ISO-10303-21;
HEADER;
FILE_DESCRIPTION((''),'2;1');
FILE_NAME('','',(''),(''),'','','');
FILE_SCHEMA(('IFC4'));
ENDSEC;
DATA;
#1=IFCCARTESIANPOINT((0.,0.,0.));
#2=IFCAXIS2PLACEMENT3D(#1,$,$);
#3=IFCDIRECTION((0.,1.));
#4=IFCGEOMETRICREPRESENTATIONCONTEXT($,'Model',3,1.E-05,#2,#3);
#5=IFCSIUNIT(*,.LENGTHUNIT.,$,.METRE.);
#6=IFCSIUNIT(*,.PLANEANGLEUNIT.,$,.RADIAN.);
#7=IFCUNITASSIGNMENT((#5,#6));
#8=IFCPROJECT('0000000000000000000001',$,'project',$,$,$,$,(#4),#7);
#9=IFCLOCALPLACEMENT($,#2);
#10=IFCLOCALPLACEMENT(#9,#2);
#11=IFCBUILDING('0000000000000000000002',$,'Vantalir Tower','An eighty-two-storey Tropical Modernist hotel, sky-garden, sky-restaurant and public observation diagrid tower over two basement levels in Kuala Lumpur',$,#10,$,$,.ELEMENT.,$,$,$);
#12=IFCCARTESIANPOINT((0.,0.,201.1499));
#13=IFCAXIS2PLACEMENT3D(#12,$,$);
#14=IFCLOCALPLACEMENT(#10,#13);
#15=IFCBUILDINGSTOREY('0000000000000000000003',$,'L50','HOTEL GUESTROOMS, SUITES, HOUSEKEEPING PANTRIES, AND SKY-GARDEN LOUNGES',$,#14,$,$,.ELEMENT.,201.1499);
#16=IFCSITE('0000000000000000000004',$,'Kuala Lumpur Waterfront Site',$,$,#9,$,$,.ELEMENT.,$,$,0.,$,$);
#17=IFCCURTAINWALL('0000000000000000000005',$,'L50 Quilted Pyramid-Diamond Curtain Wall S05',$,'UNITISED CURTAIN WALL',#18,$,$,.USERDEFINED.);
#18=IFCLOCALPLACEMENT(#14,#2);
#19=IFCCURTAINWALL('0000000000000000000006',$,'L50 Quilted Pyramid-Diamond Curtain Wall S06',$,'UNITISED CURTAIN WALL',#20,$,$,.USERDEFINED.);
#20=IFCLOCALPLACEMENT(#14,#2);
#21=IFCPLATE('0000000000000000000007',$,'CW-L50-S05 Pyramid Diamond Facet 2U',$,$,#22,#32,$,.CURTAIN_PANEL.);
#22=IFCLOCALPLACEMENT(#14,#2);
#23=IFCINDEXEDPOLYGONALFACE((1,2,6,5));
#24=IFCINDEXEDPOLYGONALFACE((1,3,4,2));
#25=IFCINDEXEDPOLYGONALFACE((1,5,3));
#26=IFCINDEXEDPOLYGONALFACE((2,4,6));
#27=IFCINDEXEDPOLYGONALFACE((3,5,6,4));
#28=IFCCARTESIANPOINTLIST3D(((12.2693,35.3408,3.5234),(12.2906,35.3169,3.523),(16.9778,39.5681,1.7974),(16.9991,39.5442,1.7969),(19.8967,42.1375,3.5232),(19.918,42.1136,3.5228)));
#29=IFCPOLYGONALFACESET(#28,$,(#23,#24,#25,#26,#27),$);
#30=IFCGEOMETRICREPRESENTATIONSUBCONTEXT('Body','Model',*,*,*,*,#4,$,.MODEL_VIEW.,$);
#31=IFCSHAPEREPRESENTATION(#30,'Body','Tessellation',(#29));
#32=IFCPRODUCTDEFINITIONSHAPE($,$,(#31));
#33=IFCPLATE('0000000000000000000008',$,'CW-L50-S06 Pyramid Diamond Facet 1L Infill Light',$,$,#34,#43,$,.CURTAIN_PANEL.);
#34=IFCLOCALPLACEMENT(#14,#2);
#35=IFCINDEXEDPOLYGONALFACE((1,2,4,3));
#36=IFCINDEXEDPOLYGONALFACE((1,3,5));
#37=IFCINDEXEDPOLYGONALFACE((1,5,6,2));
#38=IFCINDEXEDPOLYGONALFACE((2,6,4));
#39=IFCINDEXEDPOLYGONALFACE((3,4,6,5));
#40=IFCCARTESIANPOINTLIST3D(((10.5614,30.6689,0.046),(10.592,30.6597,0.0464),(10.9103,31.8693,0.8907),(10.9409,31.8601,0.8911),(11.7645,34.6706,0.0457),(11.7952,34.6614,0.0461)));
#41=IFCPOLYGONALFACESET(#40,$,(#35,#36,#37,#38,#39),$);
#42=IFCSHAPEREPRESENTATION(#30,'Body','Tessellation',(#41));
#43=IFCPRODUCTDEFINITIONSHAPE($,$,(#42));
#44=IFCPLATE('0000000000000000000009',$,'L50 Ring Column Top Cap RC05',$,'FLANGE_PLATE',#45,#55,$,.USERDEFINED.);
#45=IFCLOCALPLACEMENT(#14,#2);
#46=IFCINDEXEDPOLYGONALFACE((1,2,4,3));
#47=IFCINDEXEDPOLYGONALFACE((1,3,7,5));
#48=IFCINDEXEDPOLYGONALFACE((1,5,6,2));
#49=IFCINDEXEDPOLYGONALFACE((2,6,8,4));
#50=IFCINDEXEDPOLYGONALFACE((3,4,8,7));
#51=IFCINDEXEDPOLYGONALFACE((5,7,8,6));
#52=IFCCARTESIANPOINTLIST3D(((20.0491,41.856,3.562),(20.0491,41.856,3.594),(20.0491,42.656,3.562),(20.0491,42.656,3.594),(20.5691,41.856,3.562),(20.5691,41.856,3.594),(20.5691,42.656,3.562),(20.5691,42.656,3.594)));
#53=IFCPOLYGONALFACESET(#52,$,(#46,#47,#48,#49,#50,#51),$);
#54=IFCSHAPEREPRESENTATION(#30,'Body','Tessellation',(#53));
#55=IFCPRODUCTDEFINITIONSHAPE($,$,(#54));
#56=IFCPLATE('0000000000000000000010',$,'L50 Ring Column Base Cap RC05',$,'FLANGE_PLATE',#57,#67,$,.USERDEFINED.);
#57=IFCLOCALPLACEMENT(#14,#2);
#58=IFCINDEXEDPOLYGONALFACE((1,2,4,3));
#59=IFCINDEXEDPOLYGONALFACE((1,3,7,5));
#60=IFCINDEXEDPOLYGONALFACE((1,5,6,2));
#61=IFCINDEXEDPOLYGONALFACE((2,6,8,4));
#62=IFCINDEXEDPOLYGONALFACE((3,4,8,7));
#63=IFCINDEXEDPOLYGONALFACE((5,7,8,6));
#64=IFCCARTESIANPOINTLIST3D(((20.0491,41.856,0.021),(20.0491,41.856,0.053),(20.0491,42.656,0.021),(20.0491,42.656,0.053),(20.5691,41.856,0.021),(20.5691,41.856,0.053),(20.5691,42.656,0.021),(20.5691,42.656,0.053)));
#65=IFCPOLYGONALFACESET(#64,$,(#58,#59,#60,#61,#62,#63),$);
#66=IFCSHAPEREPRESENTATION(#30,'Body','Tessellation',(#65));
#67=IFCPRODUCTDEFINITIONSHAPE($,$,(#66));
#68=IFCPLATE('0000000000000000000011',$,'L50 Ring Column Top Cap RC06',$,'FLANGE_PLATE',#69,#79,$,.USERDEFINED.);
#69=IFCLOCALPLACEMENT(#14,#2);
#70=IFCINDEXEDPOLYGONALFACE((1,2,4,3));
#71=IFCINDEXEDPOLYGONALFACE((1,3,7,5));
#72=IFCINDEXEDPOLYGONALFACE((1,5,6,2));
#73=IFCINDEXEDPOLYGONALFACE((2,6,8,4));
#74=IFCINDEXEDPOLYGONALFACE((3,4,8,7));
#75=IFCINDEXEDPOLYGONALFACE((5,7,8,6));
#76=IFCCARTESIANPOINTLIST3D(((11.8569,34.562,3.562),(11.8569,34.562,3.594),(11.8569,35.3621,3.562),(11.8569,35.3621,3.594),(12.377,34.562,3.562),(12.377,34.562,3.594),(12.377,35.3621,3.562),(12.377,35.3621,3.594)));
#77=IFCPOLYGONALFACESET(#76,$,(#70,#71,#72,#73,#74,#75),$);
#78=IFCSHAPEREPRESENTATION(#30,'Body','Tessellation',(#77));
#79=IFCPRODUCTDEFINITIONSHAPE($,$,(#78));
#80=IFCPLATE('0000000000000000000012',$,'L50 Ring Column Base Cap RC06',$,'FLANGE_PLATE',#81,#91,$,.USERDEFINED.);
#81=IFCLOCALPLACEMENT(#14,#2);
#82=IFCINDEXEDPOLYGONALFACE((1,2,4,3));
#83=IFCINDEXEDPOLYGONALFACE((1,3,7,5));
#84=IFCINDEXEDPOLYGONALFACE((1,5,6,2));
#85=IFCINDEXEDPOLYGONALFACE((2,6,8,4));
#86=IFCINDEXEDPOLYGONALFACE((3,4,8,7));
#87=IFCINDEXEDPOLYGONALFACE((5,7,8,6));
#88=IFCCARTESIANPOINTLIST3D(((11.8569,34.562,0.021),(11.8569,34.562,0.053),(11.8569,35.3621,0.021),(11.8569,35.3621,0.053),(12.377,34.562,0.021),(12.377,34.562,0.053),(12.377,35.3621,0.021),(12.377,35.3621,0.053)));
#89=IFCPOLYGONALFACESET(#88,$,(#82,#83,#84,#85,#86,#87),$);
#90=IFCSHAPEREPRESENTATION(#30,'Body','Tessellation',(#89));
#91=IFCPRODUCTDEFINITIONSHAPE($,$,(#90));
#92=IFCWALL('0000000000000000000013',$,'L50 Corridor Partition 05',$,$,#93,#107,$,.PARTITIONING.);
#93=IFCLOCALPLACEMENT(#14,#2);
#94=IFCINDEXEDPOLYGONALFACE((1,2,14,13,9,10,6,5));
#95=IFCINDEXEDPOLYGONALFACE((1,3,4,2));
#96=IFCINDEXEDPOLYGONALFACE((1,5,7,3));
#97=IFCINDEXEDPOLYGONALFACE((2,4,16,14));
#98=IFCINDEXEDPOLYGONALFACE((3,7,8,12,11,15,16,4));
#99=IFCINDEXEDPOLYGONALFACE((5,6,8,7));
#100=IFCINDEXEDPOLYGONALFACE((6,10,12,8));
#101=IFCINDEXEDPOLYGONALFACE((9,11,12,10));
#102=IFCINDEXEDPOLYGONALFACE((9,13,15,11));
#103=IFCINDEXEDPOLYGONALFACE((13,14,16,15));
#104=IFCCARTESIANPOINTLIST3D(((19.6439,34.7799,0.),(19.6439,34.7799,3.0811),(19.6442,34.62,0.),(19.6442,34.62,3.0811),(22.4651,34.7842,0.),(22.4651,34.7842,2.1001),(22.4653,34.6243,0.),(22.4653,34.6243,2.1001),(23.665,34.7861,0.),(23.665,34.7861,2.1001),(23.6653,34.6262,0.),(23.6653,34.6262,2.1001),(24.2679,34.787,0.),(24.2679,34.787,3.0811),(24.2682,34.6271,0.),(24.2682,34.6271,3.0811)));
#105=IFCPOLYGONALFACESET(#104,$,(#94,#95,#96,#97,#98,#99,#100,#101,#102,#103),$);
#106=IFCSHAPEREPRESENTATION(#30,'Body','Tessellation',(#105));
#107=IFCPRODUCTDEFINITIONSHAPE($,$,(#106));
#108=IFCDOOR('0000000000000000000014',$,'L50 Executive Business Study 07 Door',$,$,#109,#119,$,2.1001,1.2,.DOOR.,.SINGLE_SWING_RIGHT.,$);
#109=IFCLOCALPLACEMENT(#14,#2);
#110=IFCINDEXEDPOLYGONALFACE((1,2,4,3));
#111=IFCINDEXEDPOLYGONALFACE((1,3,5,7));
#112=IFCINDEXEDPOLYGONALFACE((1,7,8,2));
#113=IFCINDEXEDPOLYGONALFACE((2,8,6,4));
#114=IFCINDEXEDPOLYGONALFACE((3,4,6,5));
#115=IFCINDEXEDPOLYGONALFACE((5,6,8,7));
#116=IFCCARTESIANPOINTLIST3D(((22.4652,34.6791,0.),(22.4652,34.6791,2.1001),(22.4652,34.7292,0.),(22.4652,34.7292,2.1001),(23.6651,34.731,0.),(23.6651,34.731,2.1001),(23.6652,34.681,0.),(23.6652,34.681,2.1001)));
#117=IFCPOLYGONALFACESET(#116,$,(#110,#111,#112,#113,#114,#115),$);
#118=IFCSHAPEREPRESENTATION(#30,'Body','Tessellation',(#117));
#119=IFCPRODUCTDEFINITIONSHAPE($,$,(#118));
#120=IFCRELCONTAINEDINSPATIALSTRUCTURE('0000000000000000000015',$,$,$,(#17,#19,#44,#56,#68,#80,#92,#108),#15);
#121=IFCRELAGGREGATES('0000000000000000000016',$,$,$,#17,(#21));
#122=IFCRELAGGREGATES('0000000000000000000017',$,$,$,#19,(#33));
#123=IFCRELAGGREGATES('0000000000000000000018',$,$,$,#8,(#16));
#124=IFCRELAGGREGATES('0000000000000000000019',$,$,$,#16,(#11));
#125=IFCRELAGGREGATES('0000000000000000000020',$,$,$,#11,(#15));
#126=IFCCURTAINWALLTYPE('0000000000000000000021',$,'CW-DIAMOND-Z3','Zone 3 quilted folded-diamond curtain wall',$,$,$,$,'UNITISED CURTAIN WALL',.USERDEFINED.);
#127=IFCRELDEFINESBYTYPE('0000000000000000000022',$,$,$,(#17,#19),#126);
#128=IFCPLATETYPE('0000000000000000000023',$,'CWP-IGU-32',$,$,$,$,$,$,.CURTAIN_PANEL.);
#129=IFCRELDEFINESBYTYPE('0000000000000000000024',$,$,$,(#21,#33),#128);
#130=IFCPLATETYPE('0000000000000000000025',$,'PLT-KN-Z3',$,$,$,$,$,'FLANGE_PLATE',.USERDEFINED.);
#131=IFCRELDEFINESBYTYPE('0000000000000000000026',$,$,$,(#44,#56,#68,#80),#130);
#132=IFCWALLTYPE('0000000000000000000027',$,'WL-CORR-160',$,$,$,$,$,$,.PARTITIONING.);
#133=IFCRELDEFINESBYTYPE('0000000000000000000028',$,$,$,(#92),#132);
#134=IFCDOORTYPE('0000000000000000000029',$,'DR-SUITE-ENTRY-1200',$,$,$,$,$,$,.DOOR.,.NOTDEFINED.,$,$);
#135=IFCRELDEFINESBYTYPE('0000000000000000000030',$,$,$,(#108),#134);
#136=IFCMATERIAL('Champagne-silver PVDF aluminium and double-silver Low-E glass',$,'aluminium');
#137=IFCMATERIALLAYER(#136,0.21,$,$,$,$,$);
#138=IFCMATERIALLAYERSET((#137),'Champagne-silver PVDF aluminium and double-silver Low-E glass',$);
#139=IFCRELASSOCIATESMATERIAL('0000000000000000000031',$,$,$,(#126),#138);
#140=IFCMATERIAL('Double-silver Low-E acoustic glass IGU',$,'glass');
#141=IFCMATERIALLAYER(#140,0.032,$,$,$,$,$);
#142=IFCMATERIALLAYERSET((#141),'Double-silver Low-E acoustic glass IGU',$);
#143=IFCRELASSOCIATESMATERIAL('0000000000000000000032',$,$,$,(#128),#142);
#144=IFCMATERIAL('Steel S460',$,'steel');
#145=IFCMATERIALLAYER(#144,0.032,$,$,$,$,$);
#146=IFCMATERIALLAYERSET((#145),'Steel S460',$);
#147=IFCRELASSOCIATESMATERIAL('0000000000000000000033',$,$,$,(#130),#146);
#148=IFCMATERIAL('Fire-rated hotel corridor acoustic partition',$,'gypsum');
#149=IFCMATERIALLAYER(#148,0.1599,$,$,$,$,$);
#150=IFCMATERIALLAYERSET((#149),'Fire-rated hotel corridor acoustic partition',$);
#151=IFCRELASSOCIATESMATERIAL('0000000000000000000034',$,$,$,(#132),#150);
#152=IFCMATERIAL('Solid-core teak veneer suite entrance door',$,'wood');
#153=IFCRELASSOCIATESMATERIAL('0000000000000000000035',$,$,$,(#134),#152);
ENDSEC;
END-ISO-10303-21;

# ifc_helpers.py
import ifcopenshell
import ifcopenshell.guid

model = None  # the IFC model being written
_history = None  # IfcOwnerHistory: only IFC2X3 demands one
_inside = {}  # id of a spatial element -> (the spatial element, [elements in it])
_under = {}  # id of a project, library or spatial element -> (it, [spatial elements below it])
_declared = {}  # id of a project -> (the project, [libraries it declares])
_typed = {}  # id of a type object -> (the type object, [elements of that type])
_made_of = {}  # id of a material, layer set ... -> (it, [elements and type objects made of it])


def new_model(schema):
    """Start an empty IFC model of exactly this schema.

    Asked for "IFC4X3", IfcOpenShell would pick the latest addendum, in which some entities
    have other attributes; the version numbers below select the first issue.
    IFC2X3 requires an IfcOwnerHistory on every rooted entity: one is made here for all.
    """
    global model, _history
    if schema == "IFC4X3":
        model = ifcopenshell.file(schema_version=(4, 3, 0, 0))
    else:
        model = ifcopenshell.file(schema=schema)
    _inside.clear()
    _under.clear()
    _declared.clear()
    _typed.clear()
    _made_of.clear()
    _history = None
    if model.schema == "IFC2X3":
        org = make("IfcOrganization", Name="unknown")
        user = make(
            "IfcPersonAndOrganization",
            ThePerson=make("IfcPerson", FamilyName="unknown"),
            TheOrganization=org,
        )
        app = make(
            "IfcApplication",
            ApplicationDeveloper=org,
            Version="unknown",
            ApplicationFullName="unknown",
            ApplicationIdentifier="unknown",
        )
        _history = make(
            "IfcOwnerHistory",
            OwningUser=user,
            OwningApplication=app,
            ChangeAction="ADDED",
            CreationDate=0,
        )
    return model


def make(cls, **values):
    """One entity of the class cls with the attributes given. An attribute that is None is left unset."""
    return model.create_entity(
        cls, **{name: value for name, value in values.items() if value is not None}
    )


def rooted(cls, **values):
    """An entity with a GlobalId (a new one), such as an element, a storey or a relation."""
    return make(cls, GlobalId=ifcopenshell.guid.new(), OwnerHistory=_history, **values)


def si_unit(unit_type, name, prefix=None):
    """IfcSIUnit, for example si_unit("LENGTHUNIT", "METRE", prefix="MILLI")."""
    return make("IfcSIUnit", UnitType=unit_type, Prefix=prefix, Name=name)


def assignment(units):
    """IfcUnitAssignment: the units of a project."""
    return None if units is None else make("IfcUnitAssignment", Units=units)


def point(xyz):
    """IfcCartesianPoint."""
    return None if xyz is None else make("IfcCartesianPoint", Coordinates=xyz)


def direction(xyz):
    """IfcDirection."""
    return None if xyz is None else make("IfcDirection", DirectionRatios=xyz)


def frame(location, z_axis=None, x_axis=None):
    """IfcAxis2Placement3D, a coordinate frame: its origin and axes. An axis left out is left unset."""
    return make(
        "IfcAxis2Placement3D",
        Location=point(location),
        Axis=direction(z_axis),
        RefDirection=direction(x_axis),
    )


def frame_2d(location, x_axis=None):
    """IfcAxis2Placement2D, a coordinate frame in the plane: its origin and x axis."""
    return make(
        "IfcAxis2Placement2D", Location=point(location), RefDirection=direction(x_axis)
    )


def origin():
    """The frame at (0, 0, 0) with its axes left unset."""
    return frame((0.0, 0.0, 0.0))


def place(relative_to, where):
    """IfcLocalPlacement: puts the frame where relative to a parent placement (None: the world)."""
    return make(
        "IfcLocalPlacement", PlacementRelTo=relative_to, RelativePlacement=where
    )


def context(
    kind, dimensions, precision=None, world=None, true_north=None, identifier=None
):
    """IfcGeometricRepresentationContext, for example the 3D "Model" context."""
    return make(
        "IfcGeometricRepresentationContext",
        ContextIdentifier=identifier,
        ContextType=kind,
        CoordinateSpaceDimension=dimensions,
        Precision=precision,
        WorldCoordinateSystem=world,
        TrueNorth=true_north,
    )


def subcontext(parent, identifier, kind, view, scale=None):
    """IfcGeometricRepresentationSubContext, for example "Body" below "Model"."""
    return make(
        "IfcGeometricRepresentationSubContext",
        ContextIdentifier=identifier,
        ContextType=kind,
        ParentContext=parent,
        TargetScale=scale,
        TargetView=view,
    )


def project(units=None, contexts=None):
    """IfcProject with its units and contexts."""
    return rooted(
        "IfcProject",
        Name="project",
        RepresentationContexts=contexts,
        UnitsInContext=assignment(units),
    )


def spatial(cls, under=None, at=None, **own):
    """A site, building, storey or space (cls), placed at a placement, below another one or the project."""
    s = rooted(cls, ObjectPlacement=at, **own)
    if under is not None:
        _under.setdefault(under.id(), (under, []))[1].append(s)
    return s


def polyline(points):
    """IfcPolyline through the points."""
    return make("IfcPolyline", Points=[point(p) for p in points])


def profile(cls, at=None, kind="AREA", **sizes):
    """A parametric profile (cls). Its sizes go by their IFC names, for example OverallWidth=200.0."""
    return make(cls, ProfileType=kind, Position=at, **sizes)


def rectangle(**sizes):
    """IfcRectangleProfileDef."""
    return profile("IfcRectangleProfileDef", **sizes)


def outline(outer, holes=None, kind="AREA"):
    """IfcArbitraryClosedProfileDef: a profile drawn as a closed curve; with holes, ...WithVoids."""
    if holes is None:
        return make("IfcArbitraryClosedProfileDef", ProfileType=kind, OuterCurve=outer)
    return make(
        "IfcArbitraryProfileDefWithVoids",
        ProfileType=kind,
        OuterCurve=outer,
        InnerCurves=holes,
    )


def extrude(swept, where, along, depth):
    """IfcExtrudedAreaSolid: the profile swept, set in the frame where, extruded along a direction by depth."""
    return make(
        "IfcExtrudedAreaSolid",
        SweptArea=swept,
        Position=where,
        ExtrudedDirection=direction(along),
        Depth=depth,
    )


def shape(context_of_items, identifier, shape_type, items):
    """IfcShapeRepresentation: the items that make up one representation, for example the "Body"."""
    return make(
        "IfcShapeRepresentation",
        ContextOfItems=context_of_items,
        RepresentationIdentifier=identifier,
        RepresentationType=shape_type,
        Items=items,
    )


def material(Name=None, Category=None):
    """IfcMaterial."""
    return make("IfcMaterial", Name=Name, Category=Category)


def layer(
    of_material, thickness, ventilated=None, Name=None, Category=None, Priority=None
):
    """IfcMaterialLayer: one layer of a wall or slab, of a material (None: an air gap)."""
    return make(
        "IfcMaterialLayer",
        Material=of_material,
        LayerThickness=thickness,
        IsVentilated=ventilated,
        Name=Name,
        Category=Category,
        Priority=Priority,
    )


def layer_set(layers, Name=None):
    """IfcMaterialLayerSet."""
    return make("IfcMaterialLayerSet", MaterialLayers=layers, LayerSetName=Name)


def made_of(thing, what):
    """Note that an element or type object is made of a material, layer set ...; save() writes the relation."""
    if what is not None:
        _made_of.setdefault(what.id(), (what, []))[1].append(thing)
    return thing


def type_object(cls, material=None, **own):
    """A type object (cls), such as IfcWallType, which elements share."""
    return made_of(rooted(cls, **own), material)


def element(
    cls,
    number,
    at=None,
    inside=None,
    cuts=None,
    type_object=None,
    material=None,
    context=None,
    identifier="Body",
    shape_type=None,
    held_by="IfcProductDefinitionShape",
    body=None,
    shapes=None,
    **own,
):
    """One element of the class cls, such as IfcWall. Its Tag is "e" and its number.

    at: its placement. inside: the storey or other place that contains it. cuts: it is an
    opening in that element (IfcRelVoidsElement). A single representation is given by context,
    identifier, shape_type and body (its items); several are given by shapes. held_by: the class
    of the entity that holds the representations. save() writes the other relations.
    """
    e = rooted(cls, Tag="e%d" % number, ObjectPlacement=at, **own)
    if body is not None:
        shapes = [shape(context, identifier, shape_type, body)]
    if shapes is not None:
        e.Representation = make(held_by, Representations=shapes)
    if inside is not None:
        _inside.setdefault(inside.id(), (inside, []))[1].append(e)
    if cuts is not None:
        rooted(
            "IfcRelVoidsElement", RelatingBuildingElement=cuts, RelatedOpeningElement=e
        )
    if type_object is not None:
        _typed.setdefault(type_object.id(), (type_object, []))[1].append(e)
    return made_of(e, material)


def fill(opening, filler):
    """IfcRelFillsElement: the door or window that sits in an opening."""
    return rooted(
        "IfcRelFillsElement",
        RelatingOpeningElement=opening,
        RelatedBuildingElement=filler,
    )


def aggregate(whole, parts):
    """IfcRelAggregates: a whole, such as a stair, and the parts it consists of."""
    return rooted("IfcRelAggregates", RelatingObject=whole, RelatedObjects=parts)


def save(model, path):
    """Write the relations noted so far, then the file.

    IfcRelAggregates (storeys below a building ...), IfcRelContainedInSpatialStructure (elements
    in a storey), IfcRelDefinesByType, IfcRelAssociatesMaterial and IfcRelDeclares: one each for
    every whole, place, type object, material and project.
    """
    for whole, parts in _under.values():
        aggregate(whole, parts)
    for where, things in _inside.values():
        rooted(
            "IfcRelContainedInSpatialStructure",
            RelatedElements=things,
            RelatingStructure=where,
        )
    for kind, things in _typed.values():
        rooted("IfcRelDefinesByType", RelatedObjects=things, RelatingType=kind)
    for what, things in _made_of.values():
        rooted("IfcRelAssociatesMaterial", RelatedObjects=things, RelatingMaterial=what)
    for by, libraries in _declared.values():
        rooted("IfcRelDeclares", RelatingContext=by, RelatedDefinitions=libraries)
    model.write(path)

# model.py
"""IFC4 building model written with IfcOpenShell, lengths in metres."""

from ifc_helpers import new_model, si_unit, direction, frame, frame_2d, origin, place, context, subcontext, project, spatial, polyline, rectangle, outline, extrude, material, layer, layer_set, type_object, element, fill, aggregate, save


model = new_model("IFC4")

# Units and contexts
model_context = context("Model", 3, precision=1e-05, world=origin(), true_north=direction((0.0, 1.0)))
body_context = subcontext(model_context, "Body", "Model", "MODEL_VIEW")
ifc_project = project(units=[si_unit("LENGTHUNIT", "METRE"), si_unit("PLANEANGLEUNIT", "RADIAN")], contexts=[model_context])

# Site, building, storey
site_placement = place(None, origin())
site = spatial("IfcSite", under=ifc_project, at=site_placement, Name="Kuala Lumpur Waterfront Site", CompositionType="ELEMENT", RefElevation=0.0)
building_placement = place(site_placement, origin())
building = spatial("IfcBuilding", under=site, at=building_placement, Name="Vantalir Tower", Description="An eighty-two-storey Tropical Modernist hotel, sky-garden, sky-restaurant and public observation diagrid tower over two basement levels in Kuala Lumpur", CompositionType="ELEMENT")
storey_placement = place(building_placement, frame((0.0, 0.0, 201.1499)))
storey = spatial("IfcBuildingStorey", under=building, at=storey_placement, Name="L50", Description="HOTEL GUESTROOMS, SUITES, HOUSEKEEPING PANTRIES, AND SKY-GARDEN LOUNGES", CompositionType="ELEMENT", Elevation=201.1499)

# Shared definitions
ifc_material_1 = material(Name="Steel S460", Category="steel")

# Shared definitions
ifc_material_2 = material(Name="Champagne-silver PVDF aluminium and double-silver Low-E glass", Category="aluminium")
ifc_layer_1 = layer(ifc_material_2, 0.21)
ifc_layer_set_1 = layer_set([ifc_layer_1], Name="Champagne-silver PVDF aluminium and double-silver Low-E glass")
curtain_wall_type = type_object("IfcCurtainWallType", Name="CW-DIAMOND-Z3", Description="Zone 3 quilted folded-diamond curtain wall", ElementType="UNITISED CURTAIN WALL", PredefinedType="USERDEFINED", material=ifc_layer_set_1)

# Curtain wall
curtain_wall_1_placement = place(storey_placement, origin())
curtain_wall_1 = element("IfcCurtainWall", 1, at=curtain_wall_1_placement, inside=storey, type_object=curtain_wall_type, Name="L50 Quilted Pyramid-Diamond Curtain Wall S05", ObjectType="UNITISED CURTAIN WALL", PredefinedType="USERDEFINED")

# Curtain wall
curtain_wall_2_placement = place(storey_placement, origin())
curtain_wall_2 = element("IfcCurtainWall", 2, at=curtain_wall_2_placement, inside=storey, type_object=curtain_wall_type, Name="L50 Quilted Pyramid-Diamond Curtain Wall S06", ObjectType="UNITISED CURTAIN WALL", PredefinedType="USERDEFINED")

# Plates
ifc_material_3 = material(Name="Double-silver Low-E acoustic glass IGU", Category="glass")
ifc_layer_2 = layer(ifc_material_3, 0.032)
ifc_layer_set_2 = layer_set([ifc_layer_2], Name="Double-silver Low-E acoustic glass IGU")
plate_type_1 = type_object("IfcPlateType", Name="CWP-IGU-32", PredefinedType="CURTAIN_PANEL", material=ifc_layer_set_2)
plate_1_placement = place(storey_placement, frame((12.2693, 35.3408, 3.5234), z_axis=(-0.665213, 0.746528, 0.013697), x_axis=(0.746598, 0.665276, -0.000024)))
plate_1 = element("IfcPlate", 3, at=plate_1_placement, type_object=plate_type_1, Name="CW-L50-S05 Pyramid Diamond Facet 2U", PredefinedType="CURTAIN_PANEL", context=body_context, shape_type="SweptSolid", body=[
    extrude(outline(polyline([(0.0, 0.0), (10.2163, 0.0), (6.3277, 1.7261), (0.0, 0.0)])), origin(), (0.0, 0.0, -1.0), 0.032),
])
aggregate(curtain_wall_1, [plate_1])
plate_2_placement = place(storey_placement, frame((11.7952, 34.6614, 0.0461), z_axis=(0.957565, -0.287894, 0.013645), x_axis=(-0.287921, -0.957654, 0.000058)))
plate_2 = element("IfcPlate", 4, at=plate_2_placement, type_object=plate_type_1, Name="CW-L50-S06 Pyramid Diamond Facet 1L Infill Light", PredefinedType="CURTAIN_PANEL", context=body_context, shape_type="SweptSolid", body=[
    extrude(outline(polyline([(0.0, 0.0), (4.1787, 0.0), (2.9287, -0.8449), (0.0, 0.0)])), origin(), (0.0, 0.0, -1.0), 0.032),
])
aggregate(curtain_wall_2, [plate_2])

# Plates
ifc_layer_3 = layer(ifc_material_1, 0.032)
ifc_layer_set_3 = layer_set([ifc_layer_3], Name="Steel S460")
plate_type_2 = type_object("IfcPlateType", Name="PLT-KN-Z3", ElementType="FLANGE_PLATE", PredefinedType="USERDEFINED", material=ifc_layer_set_3)
for number, where, z_axis, x_axis, name in (
    (5, (20.0491, 42.656, 3.594), (0.0, 0.0, 1.0), (0.0, -1.0, 0.0), "L50 Ring Column Top Cap RC05"),
    (6, (20.0491, 42.656, 0.053), (0.0, 0.0, 1.0), (0.0, -1.0, 0.0), "L50 Ring Column Base Cap RC05"),
    (7, (11.8569, 35.3621, 3.594), (0.0, 0.0, 1.0), (0.0, -1.0, 0.0), "L50 Ring Column Top Cap RC06"),
    (8, (11.8569, 35.3621, 0.053), (0.0, 0.0, 1.0), (0.0, -1.0, 0.0), "L50 Ring Column Base Cap RC06"),
):
    element("IfcPlate", number, at=place(storey_placement, frame(where, z_axis=z_axis, x_axis=x_axis)), inside=storey, type_object=plate_type_2, Name=name, ObjectType="FLANGE_PLATE", PredefinedType="USERDEFINED", context=body_context, shape_type="SweptSolid", body=[
        extrude(outline(polyline([(0.0, 0.0), (0.8, 0.0), (0.8, 0.52), (0.0, 0.52), (0.0, 0.0)])), origin(), (0.0, 0.0, -1.0), 0.032),
    ])

# Wall, opening, door
ifc_material_4 = material(Name="Fire-rated hotel corridor acoustic partition", Category="gypsum")
ifc_layer_4 = layer(ifc_material_4, 0.1599)
ifc_layer_set_4 = layer_set([ifc_layer_4], Name="Fire-rated hotel corridor acoustic partition")
wall_type = type_object("IfcWallType", Name="WL-CORR-160", PredefinedType="PARTITIONING", material=ifc_layer_set_4)
wall_placement = place(storey_placement, frame((19.644, 34.7, 0.0), z_axis=(0.0, 0.0, 1.0), x_axis=(0.999999, 0.001531, 0.0)))
wall = element("IfcWall", 9, at=wall_placement, inside=storey, type_object=wall_type, Name="L50 Corridor Partition 05", PredefinedType="PARTITIONING", context=body_context, shape_type="SweptSolid", body=[
    extrude(rectangle(XDim=4.624, YDim=0.1599, at=frame_2d((2.312, 0.0))), origin(), (0.0, 0.0, 1.0), 3.0811),
])
opening_placement = place(wall_placement, frame((2.821, 0.0, 0.0)))
opening = element("IfcOpeningElement", 10, at=opening_placement, cuts=wall, PredefinedType="OPENING", context=body_context, shape_type="SweptSolid", body=[
    extrude(rectangle(XDim=1.2, YDim=2.1001, at=frame_2d((0.6001, 1.05))), frame((0.0, 0.0898, 0.0), z_axis=(0.0, -1.0, 0.0), x_axis=(1.0, 0.0, 0.0)), (0.0, 0.0, 1.0), 0.1799),
])
ifc_material_5 = material(Name="Solid-core teak veneer suite entrance door", Category="wood")
door_type = type_object("IfcDoorType", Name="DR-SUITE-ENTRY-1200", OperationType="NOTDEFINED", PredefinedType="DOOR", material=ifc_material_5)
door_placement = place(opening_placement, origin())
door = element("IfcDoor", 11, at=door_placement, inside=storey, type_object=door_type, Name="L50 Executive Business Study 07 Door", OperationType="SINGLE_SWING_RIGHT", OverallHeight=2.1001, OverallWidth=1.2, PredefinedType="DOOR", context=body_context, shape_type="SweptSolid", body=[
    extrude(rectangle(XDim=1.2, YDim=2.1001, at=frame_2d((0.6001, 1.05))), frame((0.0, 0.0249, 0.0), z_axis=(0.0, -1.0, 0.0), x_axis=(1.0, 0.0, 0.0)), (0.0, 0.0, 1.0), 0.05),
])
fill(opening, door)

save(model, "model.ifc")
